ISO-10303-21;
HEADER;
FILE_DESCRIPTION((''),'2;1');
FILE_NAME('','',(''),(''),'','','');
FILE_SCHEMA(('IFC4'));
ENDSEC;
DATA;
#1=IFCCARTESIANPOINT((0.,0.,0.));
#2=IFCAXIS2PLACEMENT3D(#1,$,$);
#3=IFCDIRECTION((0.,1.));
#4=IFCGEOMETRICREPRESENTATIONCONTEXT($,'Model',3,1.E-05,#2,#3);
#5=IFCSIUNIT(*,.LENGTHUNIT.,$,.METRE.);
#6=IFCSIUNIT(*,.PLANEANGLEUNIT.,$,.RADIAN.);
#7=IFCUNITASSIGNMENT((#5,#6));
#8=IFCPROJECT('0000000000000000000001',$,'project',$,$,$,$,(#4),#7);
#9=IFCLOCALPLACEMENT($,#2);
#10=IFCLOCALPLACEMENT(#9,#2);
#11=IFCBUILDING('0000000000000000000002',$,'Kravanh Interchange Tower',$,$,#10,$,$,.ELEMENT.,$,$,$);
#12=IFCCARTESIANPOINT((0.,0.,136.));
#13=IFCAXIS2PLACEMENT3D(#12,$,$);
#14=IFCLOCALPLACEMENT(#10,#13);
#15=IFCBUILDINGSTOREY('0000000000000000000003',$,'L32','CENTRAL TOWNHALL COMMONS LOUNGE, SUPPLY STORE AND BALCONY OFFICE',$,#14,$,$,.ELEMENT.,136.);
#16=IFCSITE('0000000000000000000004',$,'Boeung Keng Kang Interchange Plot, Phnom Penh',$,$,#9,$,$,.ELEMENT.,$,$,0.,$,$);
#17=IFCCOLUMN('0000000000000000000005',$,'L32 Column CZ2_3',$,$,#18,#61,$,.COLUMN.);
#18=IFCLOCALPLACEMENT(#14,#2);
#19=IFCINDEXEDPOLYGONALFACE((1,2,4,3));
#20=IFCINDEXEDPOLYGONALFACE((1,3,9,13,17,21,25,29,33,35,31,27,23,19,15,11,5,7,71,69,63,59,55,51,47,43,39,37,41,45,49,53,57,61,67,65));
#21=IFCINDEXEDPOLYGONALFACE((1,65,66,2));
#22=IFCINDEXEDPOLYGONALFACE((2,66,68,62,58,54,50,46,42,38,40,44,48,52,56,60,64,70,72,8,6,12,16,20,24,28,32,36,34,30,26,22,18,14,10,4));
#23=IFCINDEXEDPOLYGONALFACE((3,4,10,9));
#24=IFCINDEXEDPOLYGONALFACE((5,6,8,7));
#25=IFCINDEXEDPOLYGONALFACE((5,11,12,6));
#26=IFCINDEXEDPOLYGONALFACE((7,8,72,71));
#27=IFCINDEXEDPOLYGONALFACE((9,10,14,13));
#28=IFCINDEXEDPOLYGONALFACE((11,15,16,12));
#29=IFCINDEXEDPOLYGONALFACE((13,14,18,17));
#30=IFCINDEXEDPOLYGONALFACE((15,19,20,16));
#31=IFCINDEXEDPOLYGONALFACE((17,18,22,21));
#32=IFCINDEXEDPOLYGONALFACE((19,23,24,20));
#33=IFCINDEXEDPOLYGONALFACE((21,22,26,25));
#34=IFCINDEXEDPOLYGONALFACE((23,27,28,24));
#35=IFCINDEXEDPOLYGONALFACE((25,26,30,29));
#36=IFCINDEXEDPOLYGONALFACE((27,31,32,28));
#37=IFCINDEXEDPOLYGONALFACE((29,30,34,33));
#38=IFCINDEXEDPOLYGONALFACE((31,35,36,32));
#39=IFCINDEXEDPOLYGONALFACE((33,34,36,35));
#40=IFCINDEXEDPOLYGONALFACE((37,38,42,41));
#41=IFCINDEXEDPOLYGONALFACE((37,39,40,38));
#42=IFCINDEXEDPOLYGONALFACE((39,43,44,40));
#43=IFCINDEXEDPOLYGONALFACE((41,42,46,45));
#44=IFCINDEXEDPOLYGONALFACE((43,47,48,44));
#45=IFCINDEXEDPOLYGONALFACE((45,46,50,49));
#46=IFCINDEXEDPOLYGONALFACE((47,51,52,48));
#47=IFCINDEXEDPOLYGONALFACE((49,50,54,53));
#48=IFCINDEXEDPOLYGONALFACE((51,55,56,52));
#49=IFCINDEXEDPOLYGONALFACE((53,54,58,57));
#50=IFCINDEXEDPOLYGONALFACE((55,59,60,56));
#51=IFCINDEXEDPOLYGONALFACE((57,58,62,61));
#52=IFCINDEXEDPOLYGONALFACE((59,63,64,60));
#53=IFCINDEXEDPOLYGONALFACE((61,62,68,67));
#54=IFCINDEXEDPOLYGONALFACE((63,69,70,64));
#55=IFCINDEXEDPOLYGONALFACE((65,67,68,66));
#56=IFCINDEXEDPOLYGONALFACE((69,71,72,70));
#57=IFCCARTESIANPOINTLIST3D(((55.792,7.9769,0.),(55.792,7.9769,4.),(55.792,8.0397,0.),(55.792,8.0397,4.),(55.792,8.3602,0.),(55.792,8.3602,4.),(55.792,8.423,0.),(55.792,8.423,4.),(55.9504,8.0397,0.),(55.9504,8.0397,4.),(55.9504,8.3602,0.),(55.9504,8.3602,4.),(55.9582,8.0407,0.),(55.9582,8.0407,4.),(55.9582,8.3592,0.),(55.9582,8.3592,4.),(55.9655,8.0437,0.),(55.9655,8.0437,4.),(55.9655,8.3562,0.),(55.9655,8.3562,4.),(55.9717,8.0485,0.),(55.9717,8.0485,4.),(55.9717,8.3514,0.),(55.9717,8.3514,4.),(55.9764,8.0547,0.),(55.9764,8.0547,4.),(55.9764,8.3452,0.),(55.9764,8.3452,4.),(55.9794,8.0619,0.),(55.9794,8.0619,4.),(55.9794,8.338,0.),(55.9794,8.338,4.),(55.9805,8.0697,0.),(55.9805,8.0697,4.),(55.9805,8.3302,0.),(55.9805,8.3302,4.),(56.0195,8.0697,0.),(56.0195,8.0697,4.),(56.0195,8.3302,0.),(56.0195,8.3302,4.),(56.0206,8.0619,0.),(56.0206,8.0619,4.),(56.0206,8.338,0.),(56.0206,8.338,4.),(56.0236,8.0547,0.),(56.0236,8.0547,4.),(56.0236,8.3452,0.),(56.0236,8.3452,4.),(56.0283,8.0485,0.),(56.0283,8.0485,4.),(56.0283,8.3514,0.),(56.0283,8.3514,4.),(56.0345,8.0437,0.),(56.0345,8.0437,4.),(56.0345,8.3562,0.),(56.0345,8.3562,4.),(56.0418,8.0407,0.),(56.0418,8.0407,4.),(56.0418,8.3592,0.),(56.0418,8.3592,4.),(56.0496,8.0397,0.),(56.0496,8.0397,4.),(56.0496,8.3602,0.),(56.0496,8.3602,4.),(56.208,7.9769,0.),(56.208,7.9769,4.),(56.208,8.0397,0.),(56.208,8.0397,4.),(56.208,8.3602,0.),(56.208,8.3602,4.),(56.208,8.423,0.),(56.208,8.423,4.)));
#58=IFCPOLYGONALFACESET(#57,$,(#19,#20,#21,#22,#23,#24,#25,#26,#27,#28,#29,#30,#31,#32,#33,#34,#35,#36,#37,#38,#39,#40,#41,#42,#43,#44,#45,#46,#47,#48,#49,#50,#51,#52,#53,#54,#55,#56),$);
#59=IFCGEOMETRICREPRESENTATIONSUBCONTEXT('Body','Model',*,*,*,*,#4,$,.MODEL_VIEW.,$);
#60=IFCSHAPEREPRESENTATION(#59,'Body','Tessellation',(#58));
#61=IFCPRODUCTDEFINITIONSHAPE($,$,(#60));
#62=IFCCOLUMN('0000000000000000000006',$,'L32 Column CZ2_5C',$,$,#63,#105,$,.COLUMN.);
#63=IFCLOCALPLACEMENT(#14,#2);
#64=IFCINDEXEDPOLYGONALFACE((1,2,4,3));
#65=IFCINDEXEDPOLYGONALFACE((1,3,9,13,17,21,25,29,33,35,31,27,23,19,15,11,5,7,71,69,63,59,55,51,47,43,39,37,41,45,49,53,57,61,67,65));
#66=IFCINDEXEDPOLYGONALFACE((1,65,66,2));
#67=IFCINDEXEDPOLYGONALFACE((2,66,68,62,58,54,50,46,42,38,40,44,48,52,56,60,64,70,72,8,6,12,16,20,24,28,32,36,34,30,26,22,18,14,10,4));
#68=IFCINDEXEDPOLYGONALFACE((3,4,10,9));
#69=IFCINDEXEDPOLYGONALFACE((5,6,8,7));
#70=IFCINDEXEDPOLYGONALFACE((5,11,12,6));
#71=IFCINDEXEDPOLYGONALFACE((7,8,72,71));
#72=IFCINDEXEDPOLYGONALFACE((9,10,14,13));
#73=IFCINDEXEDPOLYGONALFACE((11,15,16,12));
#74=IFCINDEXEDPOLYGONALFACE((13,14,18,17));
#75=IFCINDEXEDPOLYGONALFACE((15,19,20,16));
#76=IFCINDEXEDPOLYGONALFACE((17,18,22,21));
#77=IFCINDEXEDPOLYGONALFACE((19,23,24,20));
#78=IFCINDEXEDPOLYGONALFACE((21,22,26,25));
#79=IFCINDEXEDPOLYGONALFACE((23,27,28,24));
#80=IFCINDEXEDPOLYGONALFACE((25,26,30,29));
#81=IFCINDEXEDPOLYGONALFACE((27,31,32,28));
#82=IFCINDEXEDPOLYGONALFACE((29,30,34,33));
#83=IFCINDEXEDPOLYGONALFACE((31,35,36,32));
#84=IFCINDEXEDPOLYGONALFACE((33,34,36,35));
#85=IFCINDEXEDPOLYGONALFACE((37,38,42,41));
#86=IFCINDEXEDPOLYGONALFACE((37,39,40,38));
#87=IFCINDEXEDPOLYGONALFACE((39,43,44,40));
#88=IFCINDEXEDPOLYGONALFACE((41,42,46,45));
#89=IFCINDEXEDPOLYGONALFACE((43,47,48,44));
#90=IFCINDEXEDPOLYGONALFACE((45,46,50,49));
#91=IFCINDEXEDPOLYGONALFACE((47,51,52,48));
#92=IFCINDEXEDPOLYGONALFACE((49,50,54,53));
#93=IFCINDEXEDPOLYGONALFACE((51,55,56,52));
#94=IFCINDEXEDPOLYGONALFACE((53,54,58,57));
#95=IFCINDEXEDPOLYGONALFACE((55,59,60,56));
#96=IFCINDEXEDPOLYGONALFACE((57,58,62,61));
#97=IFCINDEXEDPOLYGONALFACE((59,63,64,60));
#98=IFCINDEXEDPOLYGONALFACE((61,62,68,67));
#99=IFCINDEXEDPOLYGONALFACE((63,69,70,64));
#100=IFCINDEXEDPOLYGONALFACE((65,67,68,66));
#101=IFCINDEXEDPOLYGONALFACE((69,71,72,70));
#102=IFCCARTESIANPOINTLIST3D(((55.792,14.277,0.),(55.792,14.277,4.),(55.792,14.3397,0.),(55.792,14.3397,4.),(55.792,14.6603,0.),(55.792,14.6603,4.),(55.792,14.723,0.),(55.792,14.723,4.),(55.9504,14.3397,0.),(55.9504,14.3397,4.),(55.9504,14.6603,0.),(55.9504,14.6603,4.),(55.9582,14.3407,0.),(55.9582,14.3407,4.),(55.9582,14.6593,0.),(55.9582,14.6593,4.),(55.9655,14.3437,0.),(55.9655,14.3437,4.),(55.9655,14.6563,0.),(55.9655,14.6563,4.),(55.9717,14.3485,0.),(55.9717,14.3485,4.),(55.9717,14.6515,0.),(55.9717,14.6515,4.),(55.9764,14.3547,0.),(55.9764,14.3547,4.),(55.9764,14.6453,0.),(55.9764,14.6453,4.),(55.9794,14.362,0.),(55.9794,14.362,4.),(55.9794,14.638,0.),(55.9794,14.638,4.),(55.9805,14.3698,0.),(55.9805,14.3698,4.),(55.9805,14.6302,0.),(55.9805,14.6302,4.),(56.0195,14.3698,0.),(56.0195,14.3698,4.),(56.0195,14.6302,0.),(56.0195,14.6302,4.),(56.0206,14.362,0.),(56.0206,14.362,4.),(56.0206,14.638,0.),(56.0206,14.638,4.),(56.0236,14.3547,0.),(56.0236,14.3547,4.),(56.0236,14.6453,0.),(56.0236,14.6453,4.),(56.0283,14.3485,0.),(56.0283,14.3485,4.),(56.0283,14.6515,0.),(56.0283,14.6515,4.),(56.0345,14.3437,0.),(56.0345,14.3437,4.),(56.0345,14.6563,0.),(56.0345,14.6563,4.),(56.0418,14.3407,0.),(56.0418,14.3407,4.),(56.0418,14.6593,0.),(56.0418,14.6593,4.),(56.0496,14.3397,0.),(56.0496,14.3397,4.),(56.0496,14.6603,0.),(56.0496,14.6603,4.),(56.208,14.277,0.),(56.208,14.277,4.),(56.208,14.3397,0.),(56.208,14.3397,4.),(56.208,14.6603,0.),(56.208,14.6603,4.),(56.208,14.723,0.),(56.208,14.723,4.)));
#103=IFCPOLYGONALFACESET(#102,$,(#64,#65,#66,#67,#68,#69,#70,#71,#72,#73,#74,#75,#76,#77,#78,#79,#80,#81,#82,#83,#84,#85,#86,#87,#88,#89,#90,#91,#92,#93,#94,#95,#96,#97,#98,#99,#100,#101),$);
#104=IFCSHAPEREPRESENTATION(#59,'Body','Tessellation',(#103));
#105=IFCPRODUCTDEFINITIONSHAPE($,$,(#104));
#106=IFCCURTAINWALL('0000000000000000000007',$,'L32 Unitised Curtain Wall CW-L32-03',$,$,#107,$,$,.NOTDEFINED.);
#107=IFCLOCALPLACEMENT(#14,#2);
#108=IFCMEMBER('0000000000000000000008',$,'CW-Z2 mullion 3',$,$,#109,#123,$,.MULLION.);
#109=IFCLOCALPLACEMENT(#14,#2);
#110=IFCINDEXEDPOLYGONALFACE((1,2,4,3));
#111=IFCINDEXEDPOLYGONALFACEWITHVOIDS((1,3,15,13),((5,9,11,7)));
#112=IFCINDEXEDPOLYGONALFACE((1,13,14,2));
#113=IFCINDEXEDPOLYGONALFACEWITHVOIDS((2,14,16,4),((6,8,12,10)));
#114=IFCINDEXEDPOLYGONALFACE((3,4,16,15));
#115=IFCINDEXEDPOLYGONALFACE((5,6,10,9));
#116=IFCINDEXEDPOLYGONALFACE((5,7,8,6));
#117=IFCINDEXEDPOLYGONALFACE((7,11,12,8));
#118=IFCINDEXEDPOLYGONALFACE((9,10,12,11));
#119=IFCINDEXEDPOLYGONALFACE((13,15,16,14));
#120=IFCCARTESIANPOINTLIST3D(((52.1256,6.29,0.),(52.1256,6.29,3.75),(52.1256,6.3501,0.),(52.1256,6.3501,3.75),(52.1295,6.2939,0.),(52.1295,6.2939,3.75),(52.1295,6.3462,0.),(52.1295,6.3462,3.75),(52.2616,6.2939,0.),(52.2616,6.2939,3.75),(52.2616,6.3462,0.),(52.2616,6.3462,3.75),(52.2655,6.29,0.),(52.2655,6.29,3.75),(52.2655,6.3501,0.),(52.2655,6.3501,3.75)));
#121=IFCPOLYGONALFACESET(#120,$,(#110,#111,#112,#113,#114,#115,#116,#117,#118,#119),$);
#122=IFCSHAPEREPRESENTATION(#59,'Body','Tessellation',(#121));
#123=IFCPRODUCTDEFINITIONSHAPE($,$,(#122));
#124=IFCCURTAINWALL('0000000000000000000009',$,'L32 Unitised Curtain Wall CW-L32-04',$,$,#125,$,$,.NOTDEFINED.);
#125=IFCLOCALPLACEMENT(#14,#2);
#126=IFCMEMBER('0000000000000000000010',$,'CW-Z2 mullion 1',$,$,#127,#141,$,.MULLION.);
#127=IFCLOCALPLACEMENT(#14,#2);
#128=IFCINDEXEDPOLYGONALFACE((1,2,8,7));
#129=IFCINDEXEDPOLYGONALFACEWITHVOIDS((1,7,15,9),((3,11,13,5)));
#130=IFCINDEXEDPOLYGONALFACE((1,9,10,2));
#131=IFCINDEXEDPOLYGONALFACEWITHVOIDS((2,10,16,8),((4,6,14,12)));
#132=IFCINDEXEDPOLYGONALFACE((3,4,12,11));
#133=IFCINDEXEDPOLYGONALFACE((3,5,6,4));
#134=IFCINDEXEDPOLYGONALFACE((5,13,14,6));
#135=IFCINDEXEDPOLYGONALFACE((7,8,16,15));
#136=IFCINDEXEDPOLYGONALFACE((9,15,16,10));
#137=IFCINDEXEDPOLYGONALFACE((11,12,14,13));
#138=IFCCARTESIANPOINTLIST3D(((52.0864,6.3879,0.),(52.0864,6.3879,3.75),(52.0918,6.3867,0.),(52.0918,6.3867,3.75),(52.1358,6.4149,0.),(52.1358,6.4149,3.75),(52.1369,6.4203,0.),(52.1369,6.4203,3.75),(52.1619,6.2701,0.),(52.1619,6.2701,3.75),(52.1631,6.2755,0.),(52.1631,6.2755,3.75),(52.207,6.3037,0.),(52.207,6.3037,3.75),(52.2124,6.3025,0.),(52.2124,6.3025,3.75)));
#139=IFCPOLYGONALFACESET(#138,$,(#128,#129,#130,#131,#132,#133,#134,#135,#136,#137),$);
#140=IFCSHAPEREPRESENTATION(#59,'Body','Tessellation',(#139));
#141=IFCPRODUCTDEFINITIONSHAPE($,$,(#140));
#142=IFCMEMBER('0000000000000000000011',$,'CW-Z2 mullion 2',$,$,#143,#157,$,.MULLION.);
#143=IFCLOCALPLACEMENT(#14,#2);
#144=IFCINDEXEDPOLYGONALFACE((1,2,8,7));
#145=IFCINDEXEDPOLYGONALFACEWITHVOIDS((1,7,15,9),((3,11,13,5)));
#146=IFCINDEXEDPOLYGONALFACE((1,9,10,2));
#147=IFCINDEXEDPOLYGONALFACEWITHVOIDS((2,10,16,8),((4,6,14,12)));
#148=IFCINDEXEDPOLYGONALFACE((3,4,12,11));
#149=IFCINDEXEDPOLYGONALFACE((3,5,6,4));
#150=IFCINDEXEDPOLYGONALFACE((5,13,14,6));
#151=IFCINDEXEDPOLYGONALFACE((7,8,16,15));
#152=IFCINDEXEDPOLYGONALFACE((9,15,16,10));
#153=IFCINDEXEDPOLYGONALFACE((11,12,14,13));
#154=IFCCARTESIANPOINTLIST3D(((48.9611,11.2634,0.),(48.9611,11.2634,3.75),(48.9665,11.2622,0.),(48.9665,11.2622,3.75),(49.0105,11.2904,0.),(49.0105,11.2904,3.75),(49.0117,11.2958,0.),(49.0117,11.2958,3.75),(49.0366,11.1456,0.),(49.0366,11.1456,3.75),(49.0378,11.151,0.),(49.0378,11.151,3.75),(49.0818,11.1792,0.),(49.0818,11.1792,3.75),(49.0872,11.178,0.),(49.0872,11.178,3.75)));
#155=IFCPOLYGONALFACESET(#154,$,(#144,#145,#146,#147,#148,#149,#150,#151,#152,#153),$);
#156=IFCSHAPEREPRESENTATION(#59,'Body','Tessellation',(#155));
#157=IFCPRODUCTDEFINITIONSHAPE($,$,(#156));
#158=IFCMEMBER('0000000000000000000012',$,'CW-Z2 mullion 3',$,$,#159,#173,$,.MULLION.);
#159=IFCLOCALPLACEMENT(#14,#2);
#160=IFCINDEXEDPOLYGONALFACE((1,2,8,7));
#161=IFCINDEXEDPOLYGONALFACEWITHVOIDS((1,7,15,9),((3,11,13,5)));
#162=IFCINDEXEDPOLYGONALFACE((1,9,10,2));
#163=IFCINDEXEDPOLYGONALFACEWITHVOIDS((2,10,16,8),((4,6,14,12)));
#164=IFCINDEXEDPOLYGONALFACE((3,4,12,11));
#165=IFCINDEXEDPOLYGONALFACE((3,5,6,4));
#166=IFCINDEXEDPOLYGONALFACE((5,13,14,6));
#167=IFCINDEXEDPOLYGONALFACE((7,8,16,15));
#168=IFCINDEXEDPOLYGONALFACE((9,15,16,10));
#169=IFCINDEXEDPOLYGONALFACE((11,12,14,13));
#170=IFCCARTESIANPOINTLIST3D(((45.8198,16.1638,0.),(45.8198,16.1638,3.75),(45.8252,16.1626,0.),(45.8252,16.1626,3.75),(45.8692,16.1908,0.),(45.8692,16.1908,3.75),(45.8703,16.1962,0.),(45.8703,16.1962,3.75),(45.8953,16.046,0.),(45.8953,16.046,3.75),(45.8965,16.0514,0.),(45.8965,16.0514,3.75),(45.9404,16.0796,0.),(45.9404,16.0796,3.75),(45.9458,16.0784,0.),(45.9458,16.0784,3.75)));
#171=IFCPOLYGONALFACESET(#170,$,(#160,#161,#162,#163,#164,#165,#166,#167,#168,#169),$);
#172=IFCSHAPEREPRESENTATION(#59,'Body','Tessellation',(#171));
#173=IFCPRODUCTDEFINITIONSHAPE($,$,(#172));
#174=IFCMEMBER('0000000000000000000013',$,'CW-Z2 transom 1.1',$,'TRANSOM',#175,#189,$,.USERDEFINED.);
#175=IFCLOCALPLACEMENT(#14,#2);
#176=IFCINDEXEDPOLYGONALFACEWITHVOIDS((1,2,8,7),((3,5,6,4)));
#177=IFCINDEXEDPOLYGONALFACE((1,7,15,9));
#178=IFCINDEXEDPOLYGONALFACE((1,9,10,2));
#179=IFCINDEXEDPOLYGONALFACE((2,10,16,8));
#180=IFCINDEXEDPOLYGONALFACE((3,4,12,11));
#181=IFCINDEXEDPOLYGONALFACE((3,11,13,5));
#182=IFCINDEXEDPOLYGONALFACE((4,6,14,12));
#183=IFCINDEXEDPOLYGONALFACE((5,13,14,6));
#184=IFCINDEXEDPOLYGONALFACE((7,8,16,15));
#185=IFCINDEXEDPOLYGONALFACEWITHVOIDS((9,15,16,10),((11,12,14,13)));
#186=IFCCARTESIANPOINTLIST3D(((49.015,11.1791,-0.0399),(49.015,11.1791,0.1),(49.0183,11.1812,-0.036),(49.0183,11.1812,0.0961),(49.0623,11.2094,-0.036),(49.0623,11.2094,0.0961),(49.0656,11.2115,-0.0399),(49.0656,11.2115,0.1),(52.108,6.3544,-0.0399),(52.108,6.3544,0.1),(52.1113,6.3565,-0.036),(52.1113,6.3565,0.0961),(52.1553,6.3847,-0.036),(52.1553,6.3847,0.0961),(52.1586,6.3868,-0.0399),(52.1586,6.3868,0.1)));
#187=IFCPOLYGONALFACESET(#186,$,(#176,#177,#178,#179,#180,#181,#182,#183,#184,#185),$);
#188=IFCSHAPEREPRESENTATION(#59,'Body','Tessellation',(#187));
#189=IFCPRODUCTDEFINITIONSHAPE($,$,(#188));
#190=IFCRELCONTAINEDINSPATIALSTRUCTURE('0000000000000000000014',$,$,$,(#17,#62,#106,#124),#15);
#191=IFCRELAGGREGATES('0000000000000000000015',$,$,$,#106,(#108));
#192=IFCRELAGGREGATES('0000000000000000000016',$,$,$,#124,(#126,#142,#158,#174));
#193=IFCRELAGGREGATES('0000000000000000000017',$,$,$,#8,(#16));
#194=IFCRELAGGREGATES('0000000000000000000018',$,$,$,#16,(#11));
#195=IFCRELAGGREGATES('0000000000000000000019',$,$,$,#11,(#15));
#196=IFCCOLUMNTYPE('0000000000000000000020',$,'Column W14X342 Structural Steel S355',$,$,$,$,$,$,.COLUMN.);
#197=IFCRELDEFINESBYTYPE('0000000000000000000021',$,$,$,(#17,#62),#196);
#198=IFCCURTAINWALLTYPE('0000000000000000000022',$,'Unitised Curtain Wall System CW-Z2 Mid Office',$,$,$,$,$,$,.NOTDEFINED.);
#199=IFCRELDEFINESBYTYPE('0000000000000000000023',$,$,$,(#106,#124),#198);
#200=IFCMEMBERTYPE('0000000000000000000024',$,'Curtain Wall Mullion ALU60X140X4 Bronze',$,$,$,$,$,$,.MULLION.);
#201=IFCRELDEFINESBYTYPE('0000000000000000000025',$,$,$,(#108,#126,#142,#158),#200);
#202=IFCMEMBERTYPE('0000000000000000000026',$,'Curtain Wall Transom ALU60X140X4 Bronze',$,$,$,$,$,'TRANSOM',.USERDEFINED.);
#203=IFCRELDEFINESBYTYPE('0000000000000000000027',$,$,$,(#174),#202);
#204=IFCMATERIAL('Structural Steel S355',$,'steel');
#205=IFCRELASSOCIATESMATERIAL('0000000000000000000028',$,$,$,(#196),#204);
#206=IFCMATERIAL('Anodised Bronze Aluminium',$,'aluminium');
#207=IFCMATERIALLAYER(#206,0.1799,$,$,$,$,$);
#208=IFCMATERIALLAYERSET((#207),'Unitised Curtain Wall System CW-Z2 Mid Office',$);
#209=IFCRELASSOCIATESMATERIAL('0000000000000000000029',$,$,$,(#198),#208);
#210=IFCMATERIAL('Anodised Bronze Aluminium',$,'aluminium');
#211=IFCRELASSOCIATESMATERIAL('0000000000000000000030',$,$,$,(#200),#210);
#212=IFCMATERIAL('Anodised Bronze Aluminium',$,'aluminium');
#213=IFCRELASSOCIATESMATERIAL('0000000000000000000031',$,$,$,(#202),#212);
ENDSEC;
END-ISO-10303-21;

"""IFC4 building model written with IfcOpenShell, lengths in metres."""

from ifc_helpers import new_model, si_unit, direction, frame, origin, origin_2d, place, context, subcontext, project, spatial, hollow_rectangle, i_section, extrude, material, layer, layer_set, material_profile, profile_set, type_object, element, aggregate, save


model = new_model("IFC4")

# Units and contexts
model_context = context("Model", 3, precision=1e-05, world=origin(), true_north=direction((0.0, 1.0)))
body_context = subcontext(model_context, "Body", "Model", "MODEL_VIEW")
ifc_project = project(units=[si_unit("LENGTHUNIT", "METRE"), si_unit("PLANEANGLEUNIT", "RADIAN")], contexts=[model_context])

# Site, building, storey
site_placement = place(None, origin())
site = spatial("IfcSite", under=ifc_project, at=site_placement, Name="Boeung Keng Kang Interchange Plot, Phnom Penh", CompositionType="ELEMENT", RefElevation=0.0)
building_placement = place(site_placement, origin())
building = spatial("IfcBuilding", under=site, at=building_placement, Name="Kravanh Interchange Tower", CompositionType="ELEMENT")
storey_placement = place(building_placement, frame((0.0, 0.0, 136.0)))
storey = spatial("IfcBuildingStorey", under=building, at=storey_placement, Name="L32", Description="CENTRAL TOWNHALL COMMONS LOUNGE, SUPPLY STORE AND BALCONY OFFICE", CompositionType="ELEMENT", Elevation=136.0)

# Columns
ifc_material_1 = material(Name="Structural Steel S355", Category="steel")
ifc_material_profile_1 = material_profile(ifc_material_1, i_section(OverallWidth=0.416, OverallDepth=0.446, WebThickness=0.0391, FlangeThickness=0.0627, FilletRadius=0.03, at=origin_2d()), Name="W14X342")
ifc_profile_set_1 = profile_set([ifc_material_profile_1], Name="Structural Steel S355")
column_type = type_object("IfcColumnType", Name="Column W14X342 Structural Steel S355", PredefinedType="COLUMN", material=ifc_profile_set_1)
for number, where, z_axis, x_axis, name in (
    (1, (56.0, 8.2, 0.0), (0.0, 0.0, 1.0), (1.0, 0.0, 0.0), "L32 Column CZ2_3"),
    (2, (56.0, 14.5, 0.0), (0.0, 0.0, 1.0), (1.0, 0.0, 0.0), "L32 Column CZ2_5C"),
):
    element("IfcColumn", number, at=place(storey_placement, frame(where, z_axis=z_axis, x_axis=x_axis)), inside=storey, type_object=column_type, Name=name, PredefinedType="COLUMN", context=body_context, shape_type="SweptSolid", body=[
        extrude(i_section(OverallWidth=0.416, OverallDepth=0.446, WebThickness=0.0391, FlangeThickness=0.0627, FilletRadius=0.03, at=origin_2d()), origin(), (0.0, 0.0, 1.0), 4.0),
    ])

# Curtain wall, member
ifc_material_2 = material(Name="Anodised Bronze Aluminium", Category="aluminium")
ifc_layer_1 = layer(ifc_material_2, 0.1799)
ifc_layer_set_1 = layer_set([ifc_layer_1], Name="Unitised Curtain Wall System CW-Z2 Mid Office")
curtain_wall_type = type_object("IfcCurtainWallType", Name="Unitised Curtain Wall System CW-Z2 Mid Office", PredefinedType="NOTDEFINED", material=ifc_layer_set_1)
curtain_wall_1_placement = place(storey_placement, origin())
curtain_wall_1 = element("IfcCurtainWall", 3, at=curtain_wall_1_placement, inside=storey, type_object=curtain_wall_type, Name="L32 Unitised Curtain Wall CW-L32-03", PredefinedType="NOTDEFINED")
ifc_material_3 = material(Name="Anodised Bronze Aluminium", Category="aluminium")
ifc_material_profile_2 = material_profile(ifc_material_3, hollow_rectangle(XDim=0.0601, YDim=0.1399, WallThickness=0.0039, at=origin_2d()), Name="ALU60X140X4")
ifc_profile_set_2 = profile_set([ifc_material_profile_2], Name="Anodised Bronze Aluminium")
member_type_1 = type_object("IfcMemberType", Name="Curtain Wall Mullion ALU60X140X4 Bronze", PredefinedType="MULLION", material=ifc_profile_set_2)
member_1_placement = place(storey_placement, frame((52.1956, 6.3201, 0.0), z_axis=(0.0, 0.0, 1.0), x_axis=(0.0, -1.0, 0.0)))
member_1 = element("IfcMember", 4, at=member_1_placement, type_object=member_type_1, Name="CW-Z2 mullion 3", PredefinedType="MULLION", context=body_context, shape_type="SweptSolid", body=[
    extrude(hollow_rectangle(XDim=0.0601, YDim=0.1399, WallThickness=0.0039, at=origin_2d()), origin(), (0.0, 0.0, 1.0), 3.75),
])

# Curtain wall, members
curtain_wall_2_placement = place(storey_placement, origin())
curtain_wall_2 = element("IfcCurtainWall", 5, at=curtain_wall_2_placement, inside=storey, type_object=curtain_wall_type, Name="L32 Unitised Curtain Wall CW-L32-04", PredefinedType="NOTDEFINED")
member_2_placement = place(storey_placement, frame((52.1494, 6.3452, 0.0), z_axis=(0.0, 0.0, 1.0), x_axis=(-0.84188, -0.539665, 0.0)))
member_2 = element("IfcMember", 6, at=member_2_placement, type_object=member_type_1, Name="CW-Z2 mullion 1", PredefinedType="MULLION", context=body_context, shape_type="SweptSolid", body=[
    extrude(hollow_rectangle(XDim=0.0601, YDim=0.1399, WallThickness=0.0039, at=origin_2d()), origin(), (0.0, 0.0, 1.0), 3.75),
])
member_3_placement = place(storey_placement, frame((49.0242, 11.2207, 0.0), z_axis=(0.0, 0.0, 1.0), x_axis=(-0.84188, -0.539665, 0.0)))
member_3 = element("IfcMember", 7, at=member_3_placement, type_object=member_type_1, Name="CW-Z2 mullion 2", PredefinedType="MULLION", context=body_context, shape_type="SweptSolid", body=[
    extrude(hollow_rectangle(XDim=0.0601, YDim=0.1399, WallThickness=0.0039, at=origin_2d()), origin(), (0.0, 0.0, 1.0), 3.75),
])
member_4_placement = place(storey_placement, frame((45.8828, 16.1211, 0.0), z_axis=(0.0, 0.0, 1.0), x_axis=(-0.84188, -0.539665, 0.0)))
member_4 = element("IfcMember", 8, at=member_4_placement, type_object=member_type_1, Name="CW-Z2 mullion 3", PredefinedType="MULLION", context=body_context, shape_type="SweptSolid", body=[
    extrude(hollow_rectangle(XDim=0.0601, YDim=0.1399, WallThickness=0.0039, at=origin_2d()), origin(), (0.0, 0.0, 1.0), 3.75),
])
ifc_material_4 = material(Name="Anodised Bronze Aluminium", Category="aluminium")
ifc_material_profile_3 = material_profile(ifc_material_4, hollow_rectangle(XDim=0.0601, YDim=0.1399, WallThickness=0.0039, at=origin_2d()), Name="ALU60X140X4")
ifc_profile_set_3 = profile_set([ifc_material_profile_3], Name="Anodised Bronze Aluminium")
member_type_2 = type_object("IfcMemberType", Name="Curtain Wall Transom ALU60X140X4 Bronze", ElementType="TRANSOM", PredefinedType="USERDEFINED", material=ifc_profile_set_3)
member_5_placement = place(storey_placement, frame((52.1333, 6.3706, 0.03), z_axis=(-0.539698, 0.841859, 0.0), x_axis=(-0.841859, -0.539698, 0.0)))
member_5 = element("IfcMember", 9, at=member_5_placement, type_object=member_type_2, Name="CW-Z2 transom 1.1", ObjectType="TRANSOM", PredefinedType="USERDEFINED", context=body_context, shape_type="SweptSolid", body=[
    extrude(hollow_rectangle(XDim=0.0601, YDim=0.1399, WallThickness=0.0039, at=origin_2d()), origin(), (0.0, 0.0, 1.0), 5.731),
])

aggregate(curtain_wall_1, [member_1])
aggregate(curtain_wall_2, [member_2, member_3, member_4, member_5])

save(model, "model.ifc")
